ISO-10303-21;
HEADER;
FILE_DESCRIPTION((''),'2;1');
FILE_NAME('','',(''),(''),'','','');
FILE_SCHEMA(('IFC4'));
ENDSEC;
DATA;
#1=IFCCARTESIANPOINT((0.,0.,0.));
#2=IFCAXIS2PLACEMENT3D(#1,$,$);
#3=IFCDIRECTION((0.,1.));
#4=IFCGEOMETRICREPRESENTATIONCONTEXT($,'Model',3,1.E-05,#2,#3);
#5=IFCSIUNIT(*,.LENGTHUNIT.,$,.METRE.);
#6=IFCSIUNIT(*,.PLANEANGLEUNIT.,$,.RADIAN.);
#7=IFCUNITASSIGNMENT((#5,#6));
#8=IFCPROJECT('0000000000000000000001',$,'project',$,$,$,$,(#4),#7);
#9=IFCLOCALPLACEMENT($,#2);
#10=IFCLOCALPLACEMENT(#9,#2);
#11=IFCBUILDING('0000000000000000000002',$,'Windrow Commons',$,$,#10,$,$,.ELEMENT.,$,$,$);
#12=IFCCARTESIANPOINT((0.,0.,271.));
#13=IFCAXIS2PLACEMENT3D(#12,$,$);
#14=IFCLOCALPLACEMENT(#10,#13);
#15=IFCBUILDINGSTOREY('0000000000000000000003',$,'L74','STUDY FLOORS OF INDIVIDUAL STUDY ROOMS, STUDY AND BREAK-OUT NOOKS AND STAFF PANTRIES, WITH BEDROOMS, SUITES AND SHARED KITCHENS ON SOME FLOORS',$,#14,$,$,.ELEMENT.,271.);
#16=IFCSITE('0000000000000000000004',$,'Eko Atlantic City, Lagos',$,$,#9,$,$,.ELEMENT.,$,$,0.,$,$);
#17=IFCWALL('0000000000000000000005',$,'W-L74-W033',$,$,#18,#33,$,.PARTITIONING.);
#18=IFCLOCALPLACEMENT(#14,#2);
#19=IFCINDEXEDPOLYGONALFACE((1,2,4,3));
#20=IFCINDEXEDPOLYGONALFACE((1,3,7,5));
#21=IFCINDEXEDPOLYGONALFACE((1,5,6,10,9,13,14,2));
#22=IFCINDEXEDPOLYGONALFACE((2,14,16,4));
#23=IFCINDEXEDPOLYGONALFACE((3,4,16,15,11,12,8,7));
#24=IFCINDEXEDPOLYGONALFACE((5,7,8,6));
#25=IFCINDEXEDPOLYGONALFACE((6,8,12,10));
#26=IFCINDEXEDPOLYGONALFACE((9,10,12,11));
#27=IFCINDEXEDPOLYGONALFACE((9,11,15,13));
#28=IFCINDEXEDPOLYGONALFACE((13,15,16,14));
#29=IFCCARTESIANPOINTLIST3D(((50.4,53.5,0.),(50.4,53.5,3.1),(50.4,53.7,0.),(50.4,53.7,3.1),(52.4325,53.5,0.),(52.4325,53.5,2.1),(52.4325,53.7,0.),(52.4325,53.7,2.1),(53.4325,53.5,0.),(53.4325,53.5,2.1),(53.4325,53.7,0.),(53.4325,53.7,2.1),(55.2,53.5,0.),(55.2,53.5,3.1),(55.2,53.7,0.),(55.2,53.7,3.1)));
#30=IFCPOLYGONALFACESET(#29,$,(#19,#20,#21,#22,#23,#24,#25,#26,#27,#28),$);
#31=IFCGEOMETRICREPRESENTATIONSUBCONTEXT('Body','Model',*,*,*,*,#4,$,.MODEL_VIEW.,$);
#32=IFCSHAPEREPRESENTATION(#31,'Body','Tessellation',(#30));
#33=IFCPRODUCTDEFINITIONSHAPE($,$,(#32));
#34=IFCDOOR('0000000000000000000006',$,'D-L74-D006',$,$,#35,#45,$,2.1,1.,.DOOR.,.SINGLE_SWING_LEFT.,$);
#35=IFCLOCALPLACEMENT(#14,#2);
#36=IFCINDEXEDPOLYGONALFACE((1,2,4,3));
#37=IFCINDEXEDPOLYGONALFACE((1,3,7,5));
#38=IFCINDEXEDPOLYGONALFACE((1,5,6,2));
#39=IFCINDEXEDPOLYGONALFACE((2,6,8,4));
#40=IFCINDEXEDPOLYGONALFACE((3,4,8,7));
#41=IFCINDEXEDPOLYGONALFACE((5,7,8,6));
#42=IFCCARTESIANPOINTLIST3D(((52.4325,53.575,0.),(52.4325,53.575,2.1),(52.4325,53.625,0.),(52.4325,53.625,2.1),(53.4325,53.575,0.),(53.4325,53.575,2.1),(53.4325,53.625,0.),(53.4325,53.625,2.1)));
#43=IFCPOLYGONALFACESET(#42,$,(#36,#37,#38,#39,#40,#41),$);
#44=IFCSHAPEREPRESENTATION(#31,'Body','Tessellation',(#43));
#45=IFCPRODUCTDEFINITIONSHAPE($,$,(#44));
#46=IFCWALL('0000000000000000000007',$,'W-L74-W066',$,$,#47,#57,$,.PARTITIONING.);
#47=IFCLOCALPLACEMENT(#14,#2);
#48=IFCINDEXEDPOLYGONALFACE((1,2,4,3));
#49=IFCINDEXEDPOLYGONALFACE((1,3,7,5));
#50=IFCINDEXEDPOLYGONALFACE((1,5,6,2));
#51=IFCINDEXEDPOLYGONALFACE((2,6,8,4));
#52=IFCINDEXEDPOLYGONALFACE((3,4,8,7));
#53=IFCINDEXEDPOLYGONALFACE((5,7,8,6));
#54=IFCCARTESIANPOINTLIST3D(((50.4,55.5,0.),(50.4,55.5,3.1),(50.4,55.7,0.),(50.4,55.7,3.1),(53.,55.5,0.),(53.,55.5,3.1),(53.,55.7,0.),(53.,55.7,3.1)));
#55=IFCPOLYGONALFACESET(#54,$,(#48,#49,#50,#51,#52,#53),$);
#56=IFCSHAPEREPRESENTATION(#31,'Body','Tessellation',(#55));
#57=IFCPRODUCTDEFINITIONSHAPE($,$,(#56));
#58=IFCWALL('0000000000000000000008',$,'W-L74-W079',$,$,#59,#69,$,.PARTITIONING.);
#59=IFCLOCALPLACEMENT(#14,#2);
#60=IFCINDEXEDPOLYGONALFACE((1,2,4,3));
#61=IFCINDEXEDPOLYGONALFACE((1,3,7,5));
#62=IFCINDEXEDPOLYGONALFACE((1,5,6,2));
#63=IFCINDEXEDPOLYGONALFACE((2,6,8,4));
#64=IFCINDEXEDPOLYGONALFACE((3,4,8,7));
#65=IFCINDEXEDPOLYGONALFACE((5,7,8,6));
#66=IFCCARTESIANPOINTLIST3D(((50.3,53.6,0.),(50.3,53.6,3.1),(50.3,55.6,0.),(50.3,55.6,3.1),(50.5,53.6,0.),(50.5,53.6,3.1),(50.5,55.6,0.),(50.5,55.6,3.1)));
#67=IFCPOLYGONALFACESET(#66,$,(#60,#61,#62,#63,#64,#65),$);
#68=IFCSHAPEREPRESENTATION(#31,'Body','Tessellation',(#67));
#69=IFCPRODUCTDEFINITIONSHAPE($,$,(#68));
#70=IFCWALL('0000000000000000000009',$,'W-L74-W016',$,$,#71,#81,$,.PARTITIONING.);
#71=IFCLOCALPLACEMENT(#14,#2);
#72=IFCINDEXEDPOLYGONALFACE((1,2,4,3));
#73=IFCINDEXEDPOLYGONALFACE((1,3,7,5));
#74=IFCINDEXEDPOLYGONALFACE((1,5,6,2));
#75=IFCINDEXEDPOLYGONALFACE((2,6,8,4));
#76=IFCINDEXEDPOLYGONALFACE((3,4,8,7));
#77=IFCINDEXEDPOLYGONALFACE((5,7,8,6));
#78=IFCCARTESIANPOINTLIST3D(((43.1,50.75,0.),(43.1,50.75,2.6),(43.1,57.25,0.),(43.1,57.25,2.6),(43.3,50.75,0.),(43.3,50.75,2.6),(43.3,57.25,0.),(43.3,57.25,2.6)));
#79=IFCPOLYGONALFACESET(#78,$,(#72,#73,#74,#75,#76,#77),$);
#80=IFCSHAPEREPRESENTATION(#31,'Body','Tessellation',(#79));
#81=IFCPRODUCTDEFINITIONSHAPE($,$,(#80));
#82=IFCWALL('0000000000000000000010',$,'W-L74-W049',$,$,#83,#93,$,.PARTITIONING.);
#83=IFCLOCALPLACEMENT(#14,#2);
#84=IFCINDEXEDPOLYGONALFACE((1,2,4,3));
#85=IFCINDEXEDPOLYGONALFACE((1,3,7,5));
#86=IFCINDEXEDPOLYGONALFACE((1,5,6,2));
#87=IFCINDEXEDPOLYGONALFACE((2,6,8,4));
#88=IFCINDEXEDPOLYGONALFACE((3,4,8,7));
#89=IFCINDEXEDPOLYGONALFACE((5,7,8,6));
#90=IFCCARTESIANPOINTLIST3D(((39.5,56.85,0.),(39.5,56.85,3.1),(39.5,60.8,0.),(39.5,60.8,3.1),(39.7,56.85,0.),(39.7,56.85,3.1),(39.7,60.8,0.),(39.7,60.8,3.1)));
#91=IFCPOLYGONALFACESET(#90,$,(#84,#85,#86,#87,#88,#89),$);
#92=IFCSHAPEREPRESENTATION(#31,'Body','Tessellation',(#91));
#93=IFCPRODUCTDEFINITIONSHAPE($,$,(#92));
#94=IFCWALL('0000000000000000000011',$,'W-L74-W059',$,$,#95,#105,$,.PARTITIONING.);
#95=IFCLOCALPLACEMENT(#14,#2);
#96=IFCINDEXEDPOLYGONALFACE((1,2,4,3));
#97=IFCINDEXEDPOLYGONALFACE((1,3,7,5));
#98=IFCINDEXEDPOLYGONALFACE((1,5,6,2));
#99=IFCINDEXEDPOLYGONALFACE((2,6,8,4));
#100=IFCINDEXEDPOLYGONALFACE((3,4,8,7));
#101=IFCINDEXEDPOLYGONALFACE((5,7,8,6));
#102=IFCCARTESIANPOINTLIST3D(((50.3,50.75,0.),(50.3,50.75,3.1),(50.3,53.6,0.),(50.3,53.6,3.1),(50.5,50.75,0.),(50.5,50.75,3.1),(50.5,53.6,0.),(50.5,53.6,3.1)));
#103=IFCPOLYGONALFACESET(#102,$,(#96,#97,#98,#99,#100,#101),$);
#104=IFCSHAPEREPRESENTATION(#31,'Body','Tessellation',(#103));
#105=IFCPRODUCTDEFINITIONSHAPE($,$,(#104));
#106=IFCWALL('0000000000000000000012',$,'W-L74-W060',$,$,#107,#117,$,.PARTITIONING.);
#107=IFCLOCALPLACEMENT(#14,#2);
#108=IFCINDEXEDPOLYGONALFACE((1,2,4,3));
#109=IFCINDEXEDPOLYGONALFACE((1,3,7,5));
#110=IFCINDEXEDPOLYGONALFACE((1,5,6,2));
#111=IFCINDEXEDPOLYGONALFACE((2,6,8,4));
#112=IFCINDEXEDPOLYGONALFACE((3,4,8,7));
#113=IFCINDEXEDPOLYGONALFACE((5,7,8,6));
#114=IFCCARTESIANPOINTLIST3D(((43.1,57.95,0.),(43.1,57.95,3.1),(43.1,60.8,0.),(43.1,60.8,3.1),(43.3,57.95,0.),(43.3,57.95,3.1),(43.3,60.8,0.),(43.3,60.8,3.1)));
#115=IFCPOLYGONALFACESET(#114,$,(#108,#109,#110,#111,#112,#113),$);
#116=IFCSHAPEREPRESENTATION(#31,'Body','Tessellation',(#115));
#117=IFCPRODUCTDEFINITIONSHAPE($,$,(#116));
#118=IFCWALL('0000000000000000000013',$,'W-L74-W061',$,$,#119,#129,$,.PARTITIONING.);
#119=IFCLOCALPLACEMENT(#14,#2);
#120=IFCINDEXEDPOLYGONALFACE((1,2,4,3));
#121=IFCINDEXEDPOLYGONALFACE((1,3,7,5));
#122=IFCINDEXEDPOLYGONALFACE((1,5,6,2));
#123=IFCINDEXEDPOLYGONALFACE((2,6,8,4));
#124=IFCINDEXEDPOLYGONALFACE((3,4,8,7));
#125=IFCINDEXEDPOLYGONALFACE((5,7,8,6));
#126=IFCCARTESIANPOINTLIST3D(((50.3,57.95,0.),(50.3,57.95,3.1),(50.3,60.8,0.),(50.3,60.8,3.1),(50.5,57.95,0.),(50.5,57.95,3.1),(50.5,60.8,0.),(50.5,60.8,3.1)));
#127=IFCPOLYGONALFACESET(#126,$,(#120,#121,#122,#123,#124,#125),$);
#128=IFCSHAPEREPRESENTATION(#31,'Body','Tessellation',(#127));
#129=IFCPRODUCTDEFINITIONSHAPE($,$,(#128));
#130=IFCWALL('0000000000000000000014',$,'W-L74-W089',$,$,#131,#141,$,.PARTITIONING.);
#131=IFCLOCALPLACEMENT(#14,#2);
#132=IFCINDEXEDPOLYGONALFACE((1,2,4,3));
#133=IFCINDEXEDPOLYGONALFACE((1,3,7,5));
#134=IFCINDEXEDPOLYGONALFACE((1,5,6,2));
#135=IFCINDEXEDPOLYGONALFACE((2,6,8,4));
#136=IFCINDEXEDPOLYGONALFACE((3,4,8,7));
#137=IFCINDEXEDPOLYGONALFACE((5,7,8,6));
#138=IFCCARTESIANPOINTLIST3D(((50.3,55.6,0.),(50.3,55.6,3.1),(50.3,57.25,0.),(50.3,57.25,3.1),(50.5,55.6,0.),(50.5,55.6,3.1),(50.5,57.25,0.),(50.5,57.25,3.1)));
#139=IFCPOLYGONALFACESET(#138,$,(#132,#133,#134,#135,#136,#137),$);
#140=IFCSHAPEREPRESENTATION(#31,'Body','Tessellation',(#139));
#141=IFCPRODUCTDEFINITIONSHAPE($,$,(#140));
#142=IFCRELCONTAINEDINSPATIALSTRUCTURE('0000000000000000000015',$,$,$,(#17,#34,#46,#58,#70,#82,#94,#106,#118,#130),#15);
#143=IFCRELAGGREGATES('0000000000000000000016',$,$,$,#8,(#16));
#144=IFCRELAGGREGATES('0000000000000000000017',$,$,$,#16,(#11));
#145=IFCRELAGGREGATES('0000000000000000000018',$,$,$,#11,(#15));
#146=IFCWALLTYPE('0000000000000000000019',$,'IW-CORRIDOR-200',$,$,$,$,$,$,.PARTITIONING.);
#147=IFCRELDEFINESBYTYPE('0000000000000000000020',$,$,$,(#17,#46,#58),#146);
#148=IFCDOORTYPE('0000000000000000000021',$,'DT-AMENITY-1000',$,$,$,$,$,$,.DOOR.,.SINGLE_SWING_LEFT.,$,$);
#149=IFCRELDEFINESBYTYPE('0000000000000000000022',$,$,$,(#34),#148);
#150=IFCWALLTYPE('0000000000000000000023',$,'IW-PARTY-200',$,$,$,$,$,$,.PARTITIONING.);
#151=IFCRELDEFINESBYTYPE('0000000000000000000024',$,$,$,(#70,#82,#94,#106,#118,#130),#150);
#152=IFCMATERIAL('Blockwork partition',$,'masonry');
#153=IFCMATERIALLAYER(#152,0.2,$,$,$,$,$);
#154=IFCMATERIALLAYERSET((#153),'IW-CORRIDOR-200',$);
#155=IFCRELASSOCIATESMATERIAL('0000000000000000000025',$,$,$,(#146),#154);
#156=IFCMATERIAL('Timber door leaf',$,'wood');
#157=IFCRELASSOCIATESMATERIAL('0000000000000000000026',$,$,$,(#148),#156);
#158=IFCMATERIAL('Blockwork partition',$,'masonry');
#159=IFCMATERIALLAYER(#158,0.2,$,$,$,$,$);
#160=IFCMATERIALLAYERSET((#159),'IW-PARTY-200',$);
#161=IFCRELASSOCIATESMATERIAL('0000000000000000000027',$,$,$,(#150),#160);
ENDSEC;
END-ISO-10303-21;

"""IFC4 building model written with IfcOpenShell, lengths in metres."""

from ifc_helpers import new_model, si_unit, direction, frame, frame_2d, origin, place, context, subcontext, project, spatial, rectangle, extrude, material, layer, layer_set, type_object, element, fill, save


model = new_model("IFC4")

# Units and contexts
model_context = context("Model", 3, precision=1e-05, world=origin(), true_north=direction((0.0, 1.0)))
body_context = subcontext(model_context, "Body", "Model", "MODEL_VIEW")
ifc_project = project(units=[si_unit("LENGTHUNIT", "METRE"), si_unit("PLANEANGLEUNIT", "RADIAN")], contexts=[model_context])

# Site, building, storey
site_placement = place(None, origin())
site = spatial("IfcSite", under=ifc_project, at=site_placement, Name="Eko Atlantic City, Lagos", CompositionType="ELEMENT", RefElevation=0.0)
building_placement = place(site_placement, origin())
building = spatial("IfcBuilding", under=site, at=building_placement, Name="Windrow Commons", CompositionType="ELEMENT")
storey_placement = place(building_placement, frame((0.0, 0.0, 271.0)))
storey = spatial("IfcBuildingStorey", under=building, at=storey_placement, Name="L74", Description="STUDY FLOORS OF INDIVIDUAL STUDY ROOMS, STUDY AND BREAK-OUT NOOKS AND STAFF PANTRIES, WITH BEDROOMS, SUITES AND SHARED KITCHENS ON SOME FLOORS", CompositionType="ELEMENT", Elevation=271.0)

# Shared definitions
ifc_material_1 = material(Name="Blockwork partition", Category="masonry")
ifc_layer_1 = layer(ifc_material_1, 0.2)
ifc_layer_set_1 = layer_set([ifc_layer_1], Name="IW-CORRIDOR-200")
wall_type_1 = type_object("IfcWallType", Name="IW-CORRIDOR-200", PredefinedType="PARTITIONING", material=ifc_layer_set_1)
ifc_material_2 = material(Name="Timber door leaf", Category="wood")
door_type = type_object("IfcDoorType", Name="DT-AMENITY-1000", OperationType="SINGLE_SWING_LEFT", PredefinedType="DOOR", material=ifc_material_2)

# Wall, opening, door
wall_1_placement = place(storey_placement, frame((50.4, 53.6, 0.0), z_axis=(0.0, 0.0, 1.0), x_axis=(1.0, 0.0, 0.0)))
wall_1 = element("IfcWall", 1, at=wall_1_placement, inside=storey, type_object=wall_type_1, Name="W-L74-W033", PredefinedType="PARTITIONING", context=body_context, shape_type="SweptSolid", body=[
    extrude(rectangle(XDim=4.8, YDim=0.2, at=frame_2d((2.4, 0.0))), origin(), (0.0, 0.0, 1.0), 3.1),
])
opening_1_placement = place(wall_1_placement, frame((2.0325, 0.0, 0.0)))
opening_1 = element("IfcOpeningElement", 2, at=opening_1_placement, cuts=wall_1, PredefinedType="OPENING", context=body_context, shape_type="SweptSolid", body=[
    extrude(rectangle(XDim=1.0, YDim=2.1, at=frame_2d((0.5, 1.05))), frame((0.0, 0.11, 0.0), z_axis=(0.0, -1.0, 0.0), x_axis=(1.0, 0.0, 0.0)), (0.0, 0.0, 1.0), 0.22),
])
door_1_placement = place(opening_1_placement, origin())
door_1 = element("IfcDoor", 3, at=door_1_placement, inside=storey, type_object=door_type, Name="D-L74-D006", OperationType="SINGLE_SWING_LEFT", OverallHeight=2.1, OverallWidth=1.0, PredefinedType="DOOR", context=body_context, shape_type="SweptSolid", body=[
    extrude(rectangle(XDim=1.0, YDim=2.1, at=frame_2d((0.5, 1.05))), frame((0.0, 0.025, 0.0), z_axis=(0.0, -1.0, 0.0), x_axis=(1.0, 0.0, 0.0)), (0.0, 0.0, 1.0), 0.05),
])
fill(opening_1, door_1)

# Walls
wall_2_placement = place(storey_placement, frame((50.4, 55.6, 0.0), z_axis=(0.0, 0.0, 1.0), x_axis=(1.0, 0.0, 0.0)))
element("IfcWall", 4, at=wall_2_placement, inside=storey, type_object=wall_type_1, Name="W-L74-W066", PredefinedType="PARTITIONING", context=body_context, shape_type="SweptSolid", body=[
    extrude(rectangle(XDim=2.6, YDim=0.2, at=frame_2d((1.3, 0.0))), origin(), (0.0, 0.0, 1.0), 3.1),
])
wall_3_placement = place(storey_placement, frame((50.4, 53.6, 0.0), z_axis=(0.0, 0.0, 1.0), x_axis=(0.0, 1.0, 0.0)))
element("IfcWall", 5, at=wall_3_placement, inside=storey, type_object=wall_type_1, Name="W-L74-W079", PredefinedType="PARTITIONING", context=body_context, shape_type="SweptSolid", body=[
    extrude(rectangle(XDim=2.0, YDim=0.2, at=frame_2d((1.0, 0.0))), origin(), (0.0, 0.0, 1.0), 3.1),
])
ifc_material_3 = material(Name="Blockwork partition", Category="masonry")
ifc_layer_2 = layer(ifc_material_3, 0.2)
ifc_layer_set_2 = layer_set([ifc_layer_2], Name="IW-PARTY-200")
wall_type_2 = type_object("IfcWallType", Name="IW-PARTY-200", PredefinedType="PARTITIONING", material=ifc_layer_set_2)
wall_4_placement = place(storey_placement, frame((43.2, 50.75, 0.0), z_axis=(0.0, 0.0, 1.0), x_axis=(0.0, 1.0, 0.0)))
element("IfcWall", 6, at=wall_4_placement, inside=storey, type_object=wall_type_2, Name="W-L74-W016", PredefinedType="PARTITIONING", context=body_context, shape_type="SweptSolid", body=[
    extrude(rectangle(XDim=6.5, YDim=0.2, at=frame_2d((3.25, 0.0))), origin(), (0.0, 0.0, 1.0), 2.6),
])
wall_5_placement = place(storey_placement, frame((39.6, 56.85, 0.0), z_axis=(0.0, 0.0, 1.0), x_axis=(0.0, 1.0, 0.0)))
element("IfcWall", 7, at=wall_5_placement, inside=storey, type_object=wall_type_2, Name="W-L74-W049", PredefinedType="PARTITIONING", context=body_context, shape_type="SweptSolid", body=[
    extrude(rectangle(XDim=3.95, YDim=0.2, at=frame_2d((1.975, 0.0))), origin(), (0.0, 0.0, 1.0), 3.1),
])
for number, where, z_axis, x_axis, name in (
    (8, (50.4, 50.75, 0.0), (0.0, 0.0, 1.0), (0.0, 1.0, 0.0), "W-L74-W059"),
    (9, (43.2, 57.95, 0.0), (0.0, 0.0, 1.0), (0.0, 1.0, 0.0), "W-L74-W060"),
    (10, (50.4, 57.95, 0.0), (0.0, 0.0, 1.0), (0.0, 1.0, 0.0), "W-L74-W061"),
):
    element("IfcWall", number, at=place(storey_placement, frame(where, z_axis=z_axis, x_axis=x_axis)), inside=storey, type_object=wall_type_2, Name=name, PredefinedType="PARTITIONING", context=body_context, shape_type="SweptSolid", body=[
        extrude(rectangle(XDim=2.85, YDim=0.2, at=frame_2d((1.425, 0.0))), origin(), (0.0, 0.0, 1.0), 3.1),
    ])
wall_6_placement = place(storey_placement, frame((50.4, 55.6, 0.0), z_axis=(0.0, 0.0, 1.0), x_axis=(0.0, 1.0, 0.0)))
element("IfcWall", 11, at=wall_6_placement, inside=storey, type_object=wall_type_2, Name="W-L74-W089", PredefinedType="PARTITIONING", context=body_context, shape_type="SweptSolid", body=[
    extrude(rectangle(XDim=1.65, YDim=0.2, at=frame_2d((0.825, 0.0))), origin(), (0.0, 0.0, 1.0), 3.1),
])

save(model, "model.ifc")
